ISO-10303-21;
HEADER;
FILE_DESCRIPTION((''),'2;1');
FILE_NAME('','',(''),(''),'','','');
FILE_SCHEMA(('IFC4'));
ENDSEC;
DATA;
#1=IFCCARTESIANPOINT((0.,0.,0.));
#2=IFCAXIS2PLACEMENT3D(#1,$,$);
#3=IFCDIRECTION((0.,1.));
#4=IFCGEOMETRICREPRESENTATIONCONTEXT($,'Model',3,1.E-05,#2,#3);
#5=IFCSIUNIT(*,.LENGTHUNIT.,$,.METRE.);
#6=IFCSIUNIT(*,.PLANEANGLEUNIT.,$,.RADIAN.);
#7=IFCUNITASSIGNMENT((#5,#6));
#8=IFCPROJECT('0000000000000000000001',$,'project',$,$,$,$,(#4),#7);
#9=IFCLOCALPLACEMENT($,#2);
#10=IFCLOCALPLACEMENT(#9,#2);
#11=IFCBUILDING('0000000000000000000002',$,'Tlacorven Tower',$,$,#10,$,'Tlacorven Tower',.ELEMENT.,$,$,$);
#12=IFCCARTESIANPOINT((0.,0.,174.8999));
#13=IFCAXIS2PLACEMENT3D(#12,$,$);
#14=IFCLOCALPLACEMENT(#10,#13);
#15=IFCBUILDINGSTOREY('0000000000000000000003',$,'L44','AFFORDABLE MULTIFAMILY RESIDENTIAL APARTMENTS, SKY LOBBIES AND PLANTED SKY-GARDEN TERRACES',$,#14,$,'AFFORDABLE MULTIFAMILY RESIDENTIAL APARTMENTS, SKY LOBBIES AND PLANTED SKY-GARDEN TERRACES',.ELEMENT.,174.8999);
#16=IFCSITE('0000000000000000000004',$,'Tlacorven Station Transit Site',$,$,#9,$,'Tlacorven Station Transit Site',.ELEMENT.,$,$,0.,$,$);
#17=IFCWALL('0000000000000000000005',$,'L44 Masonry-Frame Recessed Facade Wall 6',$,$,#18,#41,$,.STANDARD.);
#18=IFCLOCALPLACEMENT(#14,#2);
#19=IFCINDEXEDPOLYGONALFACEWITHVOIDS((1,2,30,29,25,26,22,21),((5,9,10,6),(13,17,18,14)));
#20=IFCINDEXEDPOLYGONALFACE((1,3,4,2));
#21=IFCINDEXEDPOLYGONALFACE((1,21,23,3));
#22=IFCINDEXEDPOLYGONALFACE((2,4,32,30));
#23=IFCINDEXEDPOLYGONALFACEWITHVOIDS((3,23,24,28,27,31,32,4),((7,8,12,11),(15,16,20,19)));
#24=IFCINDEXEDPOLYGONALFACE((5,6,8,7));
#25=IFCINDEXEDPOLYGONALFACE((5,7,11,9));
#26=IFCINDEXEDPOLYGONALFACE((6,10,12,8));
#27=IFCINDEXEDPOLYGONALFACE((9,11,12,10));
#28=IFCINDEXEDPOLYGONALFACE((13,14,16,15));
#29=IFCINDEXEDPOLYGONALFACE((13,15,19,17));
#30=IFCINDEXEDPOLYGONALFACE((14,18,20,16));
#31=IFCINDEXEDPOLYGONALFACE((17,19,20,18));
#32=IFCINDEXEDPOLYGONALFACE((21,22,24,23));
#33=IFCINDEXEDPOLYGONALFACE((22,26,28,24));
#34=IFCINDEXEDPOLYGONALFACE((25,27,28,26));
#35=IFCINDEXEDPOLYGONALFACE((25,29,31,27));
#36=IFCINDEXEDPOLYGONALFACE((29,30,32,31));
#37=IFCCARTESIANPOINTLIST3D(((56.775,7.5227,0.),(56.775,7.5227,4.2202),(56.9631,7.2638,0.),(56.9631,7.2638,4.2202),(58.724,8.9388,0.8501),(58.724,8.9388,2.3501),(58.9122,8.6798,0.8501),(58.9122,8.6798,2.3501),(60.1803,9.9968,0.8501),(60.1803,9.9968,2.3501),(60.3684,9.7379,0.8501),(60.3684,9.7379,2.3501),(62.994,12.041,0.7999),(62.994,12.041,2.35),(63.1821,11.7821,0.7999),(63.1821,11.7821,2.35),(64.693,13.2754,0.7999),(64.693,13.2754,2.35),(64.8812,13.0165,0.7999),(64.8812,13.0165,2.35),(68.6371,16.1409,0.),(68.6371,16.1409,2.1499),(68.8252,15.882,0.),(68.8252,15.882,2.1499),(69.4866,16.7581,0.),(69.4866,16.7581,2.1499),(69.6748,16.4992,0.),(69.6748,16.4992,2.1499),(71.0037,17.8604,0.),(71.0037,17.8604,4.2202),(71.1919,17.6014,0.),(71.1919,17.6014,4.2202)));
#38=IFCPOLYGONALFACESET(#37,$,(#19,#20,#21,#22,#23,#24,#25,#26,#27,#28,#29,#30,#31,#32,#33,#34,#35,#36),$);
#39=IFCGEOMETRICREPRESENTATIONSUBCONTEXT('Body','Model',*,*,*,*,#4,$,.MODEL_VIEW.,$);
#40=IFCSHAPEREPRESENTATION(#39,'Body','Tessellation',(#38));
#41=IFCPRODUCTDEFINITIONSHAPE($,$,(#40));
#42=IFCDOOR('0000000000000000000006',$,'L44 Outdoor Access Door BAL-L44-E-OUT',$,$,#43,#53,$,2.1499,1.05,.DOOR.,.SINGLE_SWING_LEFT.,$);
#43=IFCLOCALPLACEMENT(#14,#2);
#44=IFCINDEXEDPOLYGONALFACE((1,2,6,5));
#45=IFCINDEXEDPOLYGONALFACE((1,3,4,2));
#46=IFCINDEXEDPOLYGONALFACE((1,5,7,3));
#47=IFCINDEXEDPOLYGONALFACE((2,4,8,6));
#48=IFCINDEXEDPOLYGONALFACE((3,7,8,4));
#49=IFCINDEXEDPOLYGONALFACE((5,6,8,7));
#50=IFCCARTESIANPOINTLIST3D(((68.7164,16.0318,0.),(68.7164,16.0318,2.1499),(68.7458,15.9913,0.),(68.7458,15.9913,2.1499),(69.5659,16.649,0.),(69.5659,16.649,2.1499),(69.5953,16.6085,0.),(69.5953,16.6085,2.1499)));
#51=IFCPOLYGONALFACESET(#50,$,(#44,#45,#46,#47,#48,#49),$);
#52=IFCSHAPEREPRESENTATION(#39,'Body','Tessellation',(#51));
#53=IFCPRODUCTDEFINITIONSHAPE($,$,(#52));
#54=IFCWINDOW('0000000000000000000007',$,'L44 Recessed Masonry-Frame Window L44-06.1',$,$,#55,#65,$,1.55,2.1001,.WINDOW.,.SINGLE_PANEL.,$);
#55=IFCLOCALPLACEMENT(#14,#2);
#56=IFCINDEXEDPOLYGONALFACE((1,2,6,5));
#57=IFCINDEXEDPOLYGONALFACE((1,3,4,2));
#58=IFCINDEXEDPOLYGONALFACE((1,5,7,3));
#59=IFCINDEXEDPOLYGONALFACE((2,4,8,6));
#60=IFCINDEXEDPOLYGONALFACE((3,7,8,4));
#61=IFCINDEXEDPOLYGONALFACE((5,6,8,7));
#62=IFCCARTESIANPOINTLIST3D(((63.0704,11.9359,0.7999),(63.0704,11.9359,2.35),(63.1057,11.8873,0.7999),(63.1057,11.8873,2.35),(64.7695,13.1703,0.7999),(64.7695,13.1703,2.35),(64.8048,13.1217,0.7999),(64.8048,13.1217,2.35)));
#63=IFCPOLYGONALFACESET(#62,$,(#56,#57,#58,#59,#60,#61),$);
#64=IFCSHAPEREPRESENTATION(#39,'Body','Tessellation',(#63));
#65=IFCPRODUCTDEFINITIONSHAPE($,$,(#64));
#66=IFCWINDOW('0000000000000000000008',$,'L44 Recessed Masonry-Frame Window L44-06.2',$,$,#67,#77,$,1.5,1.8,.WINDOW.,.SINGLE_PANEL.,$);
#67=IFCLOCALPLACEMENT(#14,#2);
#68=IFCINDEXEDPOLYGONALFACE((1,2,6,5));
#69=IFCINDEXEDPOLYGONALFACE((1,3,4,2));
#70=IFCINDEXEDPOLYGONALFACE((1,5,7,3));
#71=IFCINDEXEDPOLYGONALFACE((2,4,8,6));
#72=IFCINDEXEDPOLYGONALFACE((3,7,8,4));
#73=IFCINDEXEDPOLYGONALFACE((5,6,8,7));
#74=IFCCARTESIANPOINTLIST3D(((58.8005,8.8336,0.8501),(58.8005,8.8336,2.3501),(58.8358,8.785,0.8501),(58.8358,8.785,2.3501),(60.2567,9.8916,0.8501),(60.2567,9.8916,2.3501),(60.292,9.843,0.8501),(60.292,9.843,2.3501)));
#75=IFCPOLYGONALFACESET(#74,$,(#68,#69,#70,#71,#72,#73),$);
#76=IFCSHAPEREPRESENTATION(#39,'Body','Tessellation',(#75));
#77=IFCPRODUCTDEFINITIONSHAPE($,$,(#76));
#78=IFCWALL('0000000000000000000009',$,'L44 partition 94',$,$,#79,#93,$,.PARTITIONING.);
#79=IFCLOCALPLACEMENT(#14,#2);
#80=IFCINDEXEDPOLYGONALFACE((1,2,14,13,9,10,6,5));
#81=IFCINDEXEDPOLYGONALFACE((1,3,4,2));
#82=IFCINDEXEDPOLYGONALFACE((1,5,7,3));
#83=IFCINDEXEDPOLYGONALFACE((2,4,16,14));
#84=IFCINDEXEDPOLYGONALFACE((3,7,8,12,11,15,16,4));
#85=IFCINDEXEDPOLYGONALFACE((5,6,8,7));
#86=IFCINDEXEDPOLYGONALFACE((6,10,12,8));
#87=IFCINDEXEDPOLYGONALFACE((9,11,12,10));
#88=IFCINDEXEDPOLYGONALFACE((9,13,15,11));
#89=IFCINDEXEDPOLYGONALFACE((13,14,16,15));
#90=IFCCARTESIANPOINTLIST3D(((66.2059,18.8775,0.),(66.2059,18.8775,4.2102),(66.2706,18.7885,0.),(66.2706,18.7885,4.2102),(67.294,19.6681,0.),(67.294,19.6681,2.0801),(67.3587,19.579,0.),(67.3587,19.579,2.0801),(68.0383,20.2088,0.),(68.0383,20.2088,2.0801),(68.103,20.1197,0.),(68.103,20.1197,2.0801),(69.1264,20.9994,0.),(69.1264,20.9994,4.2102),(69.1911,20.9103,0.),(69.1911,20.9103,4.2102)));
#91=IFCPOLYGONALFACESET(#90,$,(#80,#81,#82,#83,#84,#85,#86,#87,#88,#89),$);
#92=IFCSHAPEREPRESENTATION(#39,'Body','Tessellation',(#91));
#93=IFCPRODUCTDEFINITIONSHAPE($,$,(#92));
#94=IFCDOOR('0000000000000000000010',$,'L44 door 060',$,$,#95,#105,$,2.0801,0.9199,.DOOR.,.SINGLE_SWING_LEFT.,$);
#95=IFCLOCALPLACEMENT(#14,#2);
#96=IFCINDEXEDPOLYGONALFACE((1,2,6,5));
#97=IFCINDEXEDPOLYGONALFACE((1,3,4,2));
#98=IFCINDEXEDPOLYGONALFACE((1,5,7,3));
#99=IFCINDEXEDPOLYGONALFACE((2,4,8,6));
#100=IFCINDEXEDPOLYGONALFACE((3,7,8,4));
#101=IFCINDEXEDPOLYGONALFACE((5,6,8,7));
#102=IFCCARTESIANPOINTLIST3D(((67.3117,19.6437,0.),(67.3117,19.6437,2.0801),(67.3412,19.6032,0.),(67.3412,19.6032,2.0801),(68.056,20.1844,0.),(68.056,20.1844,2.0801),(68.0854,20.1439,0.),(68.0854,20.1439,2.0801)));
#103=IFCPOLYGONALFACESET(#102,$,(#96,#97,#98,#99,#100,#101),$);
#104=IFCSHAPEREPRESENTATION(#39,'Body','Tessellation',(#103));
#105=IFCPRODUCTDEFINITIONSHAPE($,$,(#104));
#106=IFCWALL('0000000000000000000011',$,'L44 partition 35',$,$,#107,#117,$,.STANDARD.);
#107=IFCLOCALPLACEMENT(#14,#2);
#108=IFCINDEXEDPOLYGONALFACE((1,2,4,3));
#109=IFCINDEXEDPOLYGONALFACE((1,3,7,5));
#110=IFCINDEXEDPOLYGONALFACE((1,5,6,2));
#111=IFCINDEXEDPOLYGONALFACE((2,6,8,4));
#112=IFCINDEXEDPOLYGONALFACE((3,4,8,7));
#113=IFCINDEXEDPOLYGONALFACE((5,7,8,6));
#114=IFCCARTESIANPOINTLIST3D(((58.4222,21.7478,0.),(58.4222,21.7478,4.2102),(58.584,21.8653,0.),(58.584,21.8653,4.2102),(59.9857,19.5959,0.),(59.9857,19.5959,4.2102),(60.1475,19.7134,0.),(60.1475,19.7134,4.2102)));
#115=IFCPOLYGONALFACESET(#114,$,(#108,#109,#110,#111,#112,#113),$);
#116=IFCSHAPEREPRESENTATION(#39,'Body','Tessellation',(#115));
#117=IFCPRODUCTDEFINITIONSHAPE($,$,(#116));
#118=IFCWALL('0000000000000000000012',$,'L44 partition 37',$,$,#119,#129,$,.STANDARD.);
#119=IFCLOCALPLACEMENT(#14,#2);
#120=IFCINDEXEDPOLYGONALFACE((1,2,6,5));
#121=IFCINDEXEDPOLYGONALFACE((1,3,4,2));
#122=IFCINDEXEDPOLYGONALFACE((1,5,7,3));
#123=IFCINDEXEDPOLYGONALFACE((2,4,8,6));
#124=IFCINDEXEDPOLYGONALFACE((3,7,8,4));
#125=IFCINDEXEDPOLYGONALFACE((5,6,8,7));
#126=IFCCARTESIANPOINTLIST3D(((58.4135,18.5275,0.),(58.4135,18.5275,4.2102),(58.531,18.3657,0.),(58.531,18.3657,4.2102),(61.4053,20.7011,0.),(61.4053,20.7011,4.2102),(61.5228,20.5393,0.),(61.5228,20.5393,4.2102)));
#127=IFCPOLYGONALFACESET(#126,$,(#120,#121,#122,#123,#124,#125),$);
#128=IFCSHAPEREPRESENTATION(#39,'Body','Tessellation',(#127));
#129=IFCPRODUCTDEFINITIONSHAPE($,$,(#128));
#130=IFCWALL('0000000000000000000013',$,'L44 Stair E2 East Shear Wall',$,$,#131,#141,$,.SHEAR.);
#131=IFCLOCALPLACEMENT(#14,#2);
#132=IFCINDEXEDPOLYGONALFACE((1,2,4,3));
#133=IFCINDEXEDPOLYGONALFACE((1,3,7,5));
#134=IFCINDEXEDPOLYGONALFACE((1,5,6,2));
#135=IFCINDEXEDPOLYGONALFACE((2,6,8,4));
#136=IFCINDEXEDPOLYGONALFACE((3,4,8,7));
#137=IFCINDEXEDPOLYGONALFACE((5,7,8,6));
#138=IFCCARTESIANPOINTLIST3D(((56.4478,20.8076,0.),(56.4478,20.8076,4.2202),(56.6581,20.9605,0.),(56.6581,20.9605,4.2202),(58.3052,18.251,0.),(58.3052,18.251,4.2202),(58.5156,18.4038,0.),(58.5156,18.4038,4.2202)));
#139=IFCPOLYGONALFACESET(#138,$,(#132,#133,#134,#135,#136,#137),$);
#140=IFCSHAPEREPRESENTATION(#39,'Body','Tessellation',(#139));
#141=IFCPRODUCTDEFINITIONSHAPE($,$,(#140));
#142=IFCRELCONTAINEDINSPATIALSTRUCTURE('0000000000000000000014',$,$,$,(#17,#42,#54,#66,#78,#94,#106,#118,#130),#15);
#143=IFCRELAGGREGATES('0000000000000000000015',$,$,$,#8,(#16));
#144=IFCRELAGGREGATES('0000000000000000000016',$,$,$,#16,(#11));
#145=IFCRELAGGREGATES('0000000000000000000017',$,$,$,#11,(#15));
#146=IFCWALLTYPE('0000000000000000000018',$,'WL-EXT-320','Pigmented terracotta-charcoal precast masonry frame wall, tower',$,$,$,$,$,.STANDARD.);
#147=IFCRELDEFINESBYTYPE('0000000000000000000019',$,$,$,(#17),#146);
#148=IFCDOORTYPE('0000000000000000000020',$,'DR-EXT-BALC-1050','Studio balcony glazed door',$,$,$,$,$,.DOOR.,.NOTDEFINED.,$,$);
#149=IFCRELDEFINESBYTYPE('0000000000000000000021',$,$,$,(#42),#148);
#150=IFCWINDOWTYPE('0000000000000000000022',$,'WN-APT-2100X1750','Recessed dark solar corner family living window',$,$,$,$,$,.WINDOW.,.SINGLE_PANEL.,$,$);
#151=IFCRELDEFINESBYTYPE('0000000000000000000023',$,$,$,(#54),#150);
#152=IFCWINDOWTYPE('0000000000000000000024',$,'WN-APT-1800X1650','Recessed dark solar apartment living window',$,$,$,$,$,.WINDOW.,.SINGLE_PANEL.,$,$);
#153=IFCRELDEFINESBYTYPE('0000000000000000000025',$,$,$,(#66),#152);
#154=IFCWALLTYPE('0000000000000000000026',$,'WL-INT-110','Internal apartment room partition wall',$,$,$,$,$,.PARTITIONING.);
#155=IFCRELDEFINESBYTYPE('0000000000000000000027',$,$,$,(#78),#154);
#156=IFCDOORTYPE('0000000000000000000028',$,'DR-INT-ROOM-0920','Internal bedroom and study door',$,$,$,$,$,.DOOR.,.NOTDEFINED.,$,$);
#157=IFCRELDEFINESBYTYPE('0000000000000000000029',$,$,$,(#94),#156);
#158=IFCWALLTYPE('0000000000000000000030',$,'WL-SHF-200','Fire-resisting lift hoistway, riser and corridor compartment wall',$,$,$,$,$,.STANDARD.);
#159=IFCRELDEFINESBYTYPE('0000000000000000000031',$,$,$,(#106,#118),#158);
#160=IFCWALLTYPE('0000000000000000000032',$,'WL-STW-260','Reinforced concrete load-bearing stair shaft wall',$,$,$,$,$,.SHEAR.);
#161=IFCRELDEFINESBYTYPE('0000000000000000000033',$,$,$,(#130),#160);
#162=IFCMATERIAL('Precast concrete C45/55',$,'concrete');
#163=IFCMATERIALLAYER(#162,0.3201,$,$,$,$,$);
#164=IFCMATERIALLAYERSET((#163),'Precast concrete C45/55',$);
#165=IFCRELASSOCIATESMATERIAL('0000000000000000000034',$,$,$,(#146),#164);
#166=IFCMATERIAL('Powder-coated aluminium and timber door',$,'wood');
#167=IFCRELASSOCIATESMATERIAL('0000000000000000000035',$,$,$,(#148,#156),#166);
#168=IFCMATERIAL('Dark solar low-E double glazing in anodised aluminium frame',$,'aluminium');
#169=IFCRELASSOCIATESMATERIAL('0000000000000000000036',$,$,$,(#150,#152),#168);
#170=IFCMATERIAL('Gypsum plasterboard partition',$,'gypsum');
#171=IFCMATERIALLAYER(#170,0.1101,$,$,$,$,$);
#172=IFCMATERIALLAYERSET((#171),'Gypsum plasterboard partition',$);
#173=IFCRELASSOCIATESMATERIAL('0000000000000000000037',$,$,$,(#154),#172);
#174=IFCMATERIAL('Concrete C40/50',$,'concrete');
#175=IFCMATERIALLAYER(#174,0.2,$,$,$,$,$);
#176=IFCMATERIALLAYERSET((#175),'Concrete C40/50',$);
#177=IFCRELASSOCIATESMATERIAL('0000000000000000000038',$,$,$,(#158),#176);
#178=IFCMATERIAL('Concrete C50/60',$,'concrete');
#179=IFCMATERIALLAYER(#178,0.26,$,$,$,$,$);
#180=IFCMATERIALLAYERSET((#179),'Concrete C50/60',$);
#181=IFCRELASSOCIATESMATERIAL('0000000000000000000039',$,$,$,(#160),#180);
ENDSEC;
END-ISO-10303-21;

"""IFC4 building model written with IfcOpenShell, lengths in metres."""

from ifc_helpers import new_model, si_unit, direction, frame, frame_2d, origin, place, context, subcontext, project, spatial, rectangle, extrude, source, transform, mapped, material, layer, layer_set, type_object, element, fill, save


model = new_model("IFC4")

# Units and contexts
model_context = context("Model", 3, precision=1e-05, world=origin(), true_north=direction((0.0, 1.0)))
body_context = subcontext(model_context, "Body", "Model", "MODEL_VIEW")
ifc_project = project(units=[si_unit("LENGTHUNIT", "METRE"), si_unit("PLANEANGLEUNIT", "RADIAN")], contexts=[model_context])

# Site, building, storey
site_placement = place(None, origin())
site = spatial("IfcSite", under=ifc_project, at=site_placement, Name="Tlacorven Station Transit Site", LongName="Tlacorven Station Transit Site", CompositionType="ELEMENT", RefElevation=0.0)
building_placement = place(site_placement, origin())
building = spatial("IfcBuilding", under=site, at=building_placement, Name="Tlacorven Tower", LongName="Tlacorven Tower", CompositionType="ELEMENT")
storey_placement = place(building_placement, frame((0.0, 0.0, 174.8999)))
storey = spatial("IfcBuildingStorey", under=building, at=storey_placement, Name="L44", Description="AFFORDABLE MULTIFAMILY RESIDENTIAL APARTMENTS, SKY LOBBIES AND PLANTED SKY-GARDEN TERRACES", LongName="AFFORDABLE MULTIFAMILY RESIDENTIAL APARTMENTS, SKY LOBBIES AND PLANTED SKY-GARDEN TERRACES", CompositionType="ELEMENT", Elevation=174.8999)

# Wall, openings, door, windows
ifc_material_1 = material(Name="Precast concrete C45/55", Category="concrete")
ifc_layer_1 = layer(ifc_material_1, 0.3201)
ifc_layer_set_1 = layer_set([ifc_layer_1], Name="Precast concrete C45/55")
wall_type_1 = type_object("IfcWallType", Name="WL-EXT-320", Description="Pigmented terracotta-charcoal precast masonry frame wall, tower", PredefinedType="STANDARD", material=ifc_layer_set_1)
wall_1_placement = place(storey_placement, frame((71.0979, 17.731, 0.0), z_axis=(0.0, 0.0, 1.0), x_axis=(-0.809021, -0.58778, 0.0)))
wall_1 = element("IfcWall", 1, at=wall_1_placement, inside=storey, type_object=wall_type_1, Name="L44 Masonry-Frame Recessed Facade Wall 6", PredefinedType="STANDARD", context=body_context, shape_type="SweptSolid", body=[
    extrude(rectangle(XDim=17.5876, YDim=0.3201, at=frame_2d((8.7939, 0.0))), origin(), (0.0, 0.0, 1.0), 4.2202),
])
opening_1_placement = place(wall_1_placement, frame((1.8755, 0.0, 0.0)))
opening_1 = element("IfcOpeningElement", 2, at=opening_1_placement, cuts=wall_1, PredefinedType="OPENING", context=body_context, shape_type="SweptSolid", body=[
    extrude(rectangle(XDim=1.05, YDim=2.1499, at=frame_2d((0.5249, 1.075))), frame((0.0, 0.1699, 0.0), z_axis=(0.0, -1.0, 0.0), x_axis=(1.0, 0.0, 0.0)), (0.0, 0.0, 1.0), 0.3401),
])
opening_2_placement = place(wall_1_placement, frame((7.8005, 0.0, 0.8)))
opening_2 = element("IfcOpeningElement", 3, at=opening_2_placement, cuts=wall_1, PredefinedType="OPENING", context=body_context, shape_type="SweptSolid", body=[
    extrude(rectangle(XDim=2.1001, YDim=1.55, at=frame_2d((1.05, 0.7749))), frame((0.0, 0.1699, 0.0), z_axis=(0.0, -1.0, 0.0), x_axis=(1.0, 0.0, 0.0)), (0.0, 0.0, 1.0), 0.3401),
])
opening_3_placement = place(wall_1_placement, frame((13.3787, 0.0, 0.8501)))
opening_3 = element("IfcOpeningElement", 4, at=opening_3_placement, cuts=wall_1, PredefinedType="OPENING", context=body_context, shape_type="SweptSolid", body=[
    extrude(rectangle(XDim=1.8, YDim=1.5, at=frame_2d((0.8999, 0.75))), frame((0.0, 0.1699, 0.0), z_axis=(0.0, -1.0, 0.0), x_axis=(1.0, 0.0, 0.0)), (0.0, 0.0, 1.0), 0.3401),
])
ifc_material_2 = material(Name="Powder-coated aluminium and timber door", Category="wood")
door_type_1 = type_object("IfcDoorType", Name="DR-EXT-BALC-1050", Description="Studio balcony glazed door", OperationType="NOTDEFINED", PredefinedType="DOOR", material=ifc_material_2)
shared_shape_1 = source(origin(), body_context, "Body", "SweptSolid", [
    extrude(rectangle(XDim=1.05, YDim=2.1499, at=frame_2d((0.5249, 1.075))), frame((0.0, 0.0249, 0.0), z_axis=(0.0, -1.0, 0.0), x_axis=(1.0, 0.0, 0.0)), (0.0, 0.0, 1.0), 0.05),
])
door_1_placement = place(opening_1_placement, origin())
door_1 = element("IfcDoor", 5, at=door_1_placement, inside=storey, type_object=door_type_1, Name="L44 Outdoor Access Door BAL-L44-E-OUT", OperationType="SINGLE_SWING_LEFT", OverallHeight=2.1499, OverallWidth=1.05, PredefinedType="DOOR", context=body_context, shape_type="MappedRepresentation", body=[
    mapped(shared_shape_1, transform((0.0, 0.0, 0.0), scale=1.0)),
])
fill(opening_1, door_1)
ifc_material_3 = material(Name="Dark solar low-E double glazing in anodised aluminium frame", Category="aluminium")
window_type_1 = type_object("IfcWindowType", Name="WN-APT-2100X1750", Description="Recessed dark solar corner family living window", PartitioningType="SINGLE_PANEL", PredefinedType="WINDOW", material=ifc_material_3)
shared_shape_2 = source(origin(), body_context, "Body", "SweptSolid", [
    extrude(rectangle(XDim=2.1001, YDim=1.55, at=frame_2d((1.05, 0.7749))), frame((0.0, 0.03, 0.0), z_axis=(0.0, -1.0, 0.0), x_axis=(1.0, 0.0, 0.0)), (0.0, 0.0, 1.0), 0.0601),
])
window_1_placement = place(opening_2_placement, origin())
window_1 = element("IfcWindow", 6, at=window_1_placement, inside=storey, type_object=window_type_1, Name="L44 Recessed Masonry-Frame Window L44-06.1", OverallHeight=1.55, OverallWidth=2.1001, PartitioningType="SINGLE_PANEL", PredefinedType="WINDOW", context=body_context, shape_type="MappedRepresentation", body=[
    mapped(shared_shape_2, transform((0.0, 0.0, 0.0), scale=1.0)),
])
fill(opening_2, window_1)
window_type_2 = type_object("IfcWindowType", Name="WN-APT-1800X1650", Description="Recessed dark solar apartment living window", PartitioningType="SINGLE_PANEL", PredefinedType="WINDOW", material=ifc_material_3)
shared_shape_3 = source(origin(), body_context, "Body", "SweptSolid", [
    extrude(rectangle(XDim=1.8, YDim=1.5, at=frame_2d((0.8999, 0.75))), frame((0.0, 0.03, 0.0), z_axis=(0.0, -1.0, 0.0), x_axis=(1.0, 0.0, 0.0)), (0.0, 0.0, 1.0), 0.0601),
])
window_2_placement = place(opening_3_placement, origin())
window_2 = element("IfcWindow", 7, at=window_2_placement, inside=storey, type_object=window_type_2, Name="L44 Recessed Masonry-Frame Window L44-06.2", OverallHeight=1.5, OverallWidth=1.8, PartitioningType="SINGLE_PANEL", PredefinedType="WINDOW", context=body_context, shape_type="MappedRepresentation", body=[
    mapped(shared_shape_3, transform((0.0, 0.0, 0.0), scale=1.0)),
])
fill(opening_3, window_2)

# Wall, opening, door
ifc_material_4 = material(Name="Gypsum plasterboard partition", Category="gypsum")
ifc_layer_2 = layer(ifc_material_4, 0.1101)
ifc_layer_set_2 = layer_set([ifc_layer_2], Name="Gypsum plasterboard partition")
wall_type_2 = type_object("IfcWallType", Name="WL-INT-110", Description="Internal apartment room partition wall", PredefinedType="PARTITIONING", material=ifc_layer_set_2)
wall_2_placement = place(storey_placement, frame((66.2383, 18.833, 0.0), z_axis=(0.0, 0.0, 1.0), x_axis=(0.809014, 0.58779, 0.0)))
wall_2 = element("IfcWall", 8, at=wall_2_placement, inside=storey, type_object=wall_type_2, Name="L44 partition 94", PredefinedType="PARTITIONING", context=body_context, shape_type="SweptSolid", body=[
    extrude(rectangle(XDim=3.6099, YDim=0.1101, at=frame_2d((1.8049, 0.0))), origin(), (0.0, 0.0, 1.0), 4.2102),
])
opening_4_placement = place(wall_2_placement, frame((1.345, 0.0, 0.0)))
opening_4 = element("IfcOpeningElement", 9, at=opening_4_placement, cuts=wall_2, PredefinedType="OPENING", context=body_context, shape_type="SweptSolid", body=[
    extrude(rectangle(XDim=0.9199, YDim=2.0801, at=frame_2d((0.46, 1.04))), frame((0.0, 0.0649, 0.0), z_axis=(0.0, -1.0, 0.0), x_axis=(1.0, 0.0, 0.0)), (0.0, 0.0, 1.0), 0.1301),
])
door_type_2 = type_object("IfcDoorType", Name="DR-INT-ROOM-0920", Description="Internal bedroom and study door", OperationType="NOTDEFINED", PredefinedType="DOOR", material=ifc_material_2)
shared_shape_4 = source(origin(), body_context, "Body", "SweptSolid", [
    extrude(rectangle(XDim=0.9199, YDim=2.0801, at=frame_2d((0.46, 1.04))), frame((0.0, 0.0249, 0.0), z_axis=(0.0, -1.0, 0.0), x_axis=(1.0, 0.0, 0.0)), (0.0, 0.0, 1.0), 0.05),
])
door_2_placement = place(opening_4_placement, origin())
door_2 = element("IfcDoor", 10, at=door_2_placement, inside=storey, type_object=door_type_2, Name="L44 door 060", OperationType="SINGLE_SWING_LEFT", OverallHeight=2.0801, OverallWidth=0.9199, PredefinedType="DOOR", context=body_context, shape_type="MappedRepresentation", body=[
    mapped(shared_shape_4, transform((0.0, 0.0, 0.0), scale=1.0)),
])
fill(opening_4, door_2)

# Walls
ifc_material_5 = material(Name="Concrete C40/50", Category="concrete")
ifc_layer_3 = layer(ifc_material_5, 0.2)
ifc_layer_set_3 = layer_set([ifc_layer_3], Name="Concrete C40/50")
wall_type_3 = type_object("IfcWallType", Name="WL-SHF-200", Description="Fire-resisting lift hoistway, riser and corridor compartment wall", PredefinedType="STANDARD", material=ifc_layer_set_3)
wall_3_placement = place(storey_placement, frame((60.0667, 19.6545, 0.0), z_axis=(0.0, 0.0, 1.0), x_axis=(-0.587801, 0.809006, 0.0)))
element("IfcWall", 11, at=wall_3_placement, inside=storey, type_object=wall_type_3, Name="L44 partition 35", PredefinedType="STANDARD", context=body_context, shape_type="SweptSolid", body=[
    extrude(rectangle(XDim=2.6599, YDim=0.2, at=frame_2d((1.3301, 0.0))), origin(), (0.0, 0.0, 1.0), 4.2102),
])
wall_4_placement = place(storey_placement, frame((58.4722, 18.4465, 0.0), z_axis=(0.0, 0.0, 1.0), x_axis=(0.809019, 0.587783, 0.0)))
element("IfcWall", 12, at=wall_4_placement, inside=storey, type_object=wall_type_3, Name="L44 partition 37", PredefinedType="STANDARD", context=body_context, shape_type="SweptSolid", body=[
    extrude(rectangle(XDim=3.698, YDim=0.2, at=frame_2d((1.8491, 0.0))), origin(), (0.0, 0.0, 1.0), 4.2102),
])
ifc_material_6 = material(Name="Concrete C50/60", Category="concrete")
ifc_layer_4 = layer(ifc_material_6, 0.26)
ifc_layer_set_4 = layer_set([ifc_layer_4], Name="Concrete C50/60")
wall_type_4 = type_object("IfcWallType", Name="WL-STW-260", Description="Reinforced concrete load-bearing stair shaft wall", PredefinedType="SHEAR", material=ifc_layer_set_4)
wall_5_placement = place(storey_placement, frame((58.4104, 18.3274, 0.0), z_axis=(0.0, 0.0, 1.0), x_axis=(-0.587767, 0.80903, 0.0)))
element("IfcWall", 13, at=wall_5_placement, inside=storey, type_object=wall_type_4, Name="L44 Stair E2 East Shear Wall", PredefinedType="SHEAR", context=body_context, shape_type="SweptSolid", body=[
    extrude(rectangle(XDim=3.1602, YDim=0.26, at=frame_2d((1.5801, 0.0))), origin(), (0.0, 0.0, 1.0), 4.2202),
])

save(model, "model.ifc")
